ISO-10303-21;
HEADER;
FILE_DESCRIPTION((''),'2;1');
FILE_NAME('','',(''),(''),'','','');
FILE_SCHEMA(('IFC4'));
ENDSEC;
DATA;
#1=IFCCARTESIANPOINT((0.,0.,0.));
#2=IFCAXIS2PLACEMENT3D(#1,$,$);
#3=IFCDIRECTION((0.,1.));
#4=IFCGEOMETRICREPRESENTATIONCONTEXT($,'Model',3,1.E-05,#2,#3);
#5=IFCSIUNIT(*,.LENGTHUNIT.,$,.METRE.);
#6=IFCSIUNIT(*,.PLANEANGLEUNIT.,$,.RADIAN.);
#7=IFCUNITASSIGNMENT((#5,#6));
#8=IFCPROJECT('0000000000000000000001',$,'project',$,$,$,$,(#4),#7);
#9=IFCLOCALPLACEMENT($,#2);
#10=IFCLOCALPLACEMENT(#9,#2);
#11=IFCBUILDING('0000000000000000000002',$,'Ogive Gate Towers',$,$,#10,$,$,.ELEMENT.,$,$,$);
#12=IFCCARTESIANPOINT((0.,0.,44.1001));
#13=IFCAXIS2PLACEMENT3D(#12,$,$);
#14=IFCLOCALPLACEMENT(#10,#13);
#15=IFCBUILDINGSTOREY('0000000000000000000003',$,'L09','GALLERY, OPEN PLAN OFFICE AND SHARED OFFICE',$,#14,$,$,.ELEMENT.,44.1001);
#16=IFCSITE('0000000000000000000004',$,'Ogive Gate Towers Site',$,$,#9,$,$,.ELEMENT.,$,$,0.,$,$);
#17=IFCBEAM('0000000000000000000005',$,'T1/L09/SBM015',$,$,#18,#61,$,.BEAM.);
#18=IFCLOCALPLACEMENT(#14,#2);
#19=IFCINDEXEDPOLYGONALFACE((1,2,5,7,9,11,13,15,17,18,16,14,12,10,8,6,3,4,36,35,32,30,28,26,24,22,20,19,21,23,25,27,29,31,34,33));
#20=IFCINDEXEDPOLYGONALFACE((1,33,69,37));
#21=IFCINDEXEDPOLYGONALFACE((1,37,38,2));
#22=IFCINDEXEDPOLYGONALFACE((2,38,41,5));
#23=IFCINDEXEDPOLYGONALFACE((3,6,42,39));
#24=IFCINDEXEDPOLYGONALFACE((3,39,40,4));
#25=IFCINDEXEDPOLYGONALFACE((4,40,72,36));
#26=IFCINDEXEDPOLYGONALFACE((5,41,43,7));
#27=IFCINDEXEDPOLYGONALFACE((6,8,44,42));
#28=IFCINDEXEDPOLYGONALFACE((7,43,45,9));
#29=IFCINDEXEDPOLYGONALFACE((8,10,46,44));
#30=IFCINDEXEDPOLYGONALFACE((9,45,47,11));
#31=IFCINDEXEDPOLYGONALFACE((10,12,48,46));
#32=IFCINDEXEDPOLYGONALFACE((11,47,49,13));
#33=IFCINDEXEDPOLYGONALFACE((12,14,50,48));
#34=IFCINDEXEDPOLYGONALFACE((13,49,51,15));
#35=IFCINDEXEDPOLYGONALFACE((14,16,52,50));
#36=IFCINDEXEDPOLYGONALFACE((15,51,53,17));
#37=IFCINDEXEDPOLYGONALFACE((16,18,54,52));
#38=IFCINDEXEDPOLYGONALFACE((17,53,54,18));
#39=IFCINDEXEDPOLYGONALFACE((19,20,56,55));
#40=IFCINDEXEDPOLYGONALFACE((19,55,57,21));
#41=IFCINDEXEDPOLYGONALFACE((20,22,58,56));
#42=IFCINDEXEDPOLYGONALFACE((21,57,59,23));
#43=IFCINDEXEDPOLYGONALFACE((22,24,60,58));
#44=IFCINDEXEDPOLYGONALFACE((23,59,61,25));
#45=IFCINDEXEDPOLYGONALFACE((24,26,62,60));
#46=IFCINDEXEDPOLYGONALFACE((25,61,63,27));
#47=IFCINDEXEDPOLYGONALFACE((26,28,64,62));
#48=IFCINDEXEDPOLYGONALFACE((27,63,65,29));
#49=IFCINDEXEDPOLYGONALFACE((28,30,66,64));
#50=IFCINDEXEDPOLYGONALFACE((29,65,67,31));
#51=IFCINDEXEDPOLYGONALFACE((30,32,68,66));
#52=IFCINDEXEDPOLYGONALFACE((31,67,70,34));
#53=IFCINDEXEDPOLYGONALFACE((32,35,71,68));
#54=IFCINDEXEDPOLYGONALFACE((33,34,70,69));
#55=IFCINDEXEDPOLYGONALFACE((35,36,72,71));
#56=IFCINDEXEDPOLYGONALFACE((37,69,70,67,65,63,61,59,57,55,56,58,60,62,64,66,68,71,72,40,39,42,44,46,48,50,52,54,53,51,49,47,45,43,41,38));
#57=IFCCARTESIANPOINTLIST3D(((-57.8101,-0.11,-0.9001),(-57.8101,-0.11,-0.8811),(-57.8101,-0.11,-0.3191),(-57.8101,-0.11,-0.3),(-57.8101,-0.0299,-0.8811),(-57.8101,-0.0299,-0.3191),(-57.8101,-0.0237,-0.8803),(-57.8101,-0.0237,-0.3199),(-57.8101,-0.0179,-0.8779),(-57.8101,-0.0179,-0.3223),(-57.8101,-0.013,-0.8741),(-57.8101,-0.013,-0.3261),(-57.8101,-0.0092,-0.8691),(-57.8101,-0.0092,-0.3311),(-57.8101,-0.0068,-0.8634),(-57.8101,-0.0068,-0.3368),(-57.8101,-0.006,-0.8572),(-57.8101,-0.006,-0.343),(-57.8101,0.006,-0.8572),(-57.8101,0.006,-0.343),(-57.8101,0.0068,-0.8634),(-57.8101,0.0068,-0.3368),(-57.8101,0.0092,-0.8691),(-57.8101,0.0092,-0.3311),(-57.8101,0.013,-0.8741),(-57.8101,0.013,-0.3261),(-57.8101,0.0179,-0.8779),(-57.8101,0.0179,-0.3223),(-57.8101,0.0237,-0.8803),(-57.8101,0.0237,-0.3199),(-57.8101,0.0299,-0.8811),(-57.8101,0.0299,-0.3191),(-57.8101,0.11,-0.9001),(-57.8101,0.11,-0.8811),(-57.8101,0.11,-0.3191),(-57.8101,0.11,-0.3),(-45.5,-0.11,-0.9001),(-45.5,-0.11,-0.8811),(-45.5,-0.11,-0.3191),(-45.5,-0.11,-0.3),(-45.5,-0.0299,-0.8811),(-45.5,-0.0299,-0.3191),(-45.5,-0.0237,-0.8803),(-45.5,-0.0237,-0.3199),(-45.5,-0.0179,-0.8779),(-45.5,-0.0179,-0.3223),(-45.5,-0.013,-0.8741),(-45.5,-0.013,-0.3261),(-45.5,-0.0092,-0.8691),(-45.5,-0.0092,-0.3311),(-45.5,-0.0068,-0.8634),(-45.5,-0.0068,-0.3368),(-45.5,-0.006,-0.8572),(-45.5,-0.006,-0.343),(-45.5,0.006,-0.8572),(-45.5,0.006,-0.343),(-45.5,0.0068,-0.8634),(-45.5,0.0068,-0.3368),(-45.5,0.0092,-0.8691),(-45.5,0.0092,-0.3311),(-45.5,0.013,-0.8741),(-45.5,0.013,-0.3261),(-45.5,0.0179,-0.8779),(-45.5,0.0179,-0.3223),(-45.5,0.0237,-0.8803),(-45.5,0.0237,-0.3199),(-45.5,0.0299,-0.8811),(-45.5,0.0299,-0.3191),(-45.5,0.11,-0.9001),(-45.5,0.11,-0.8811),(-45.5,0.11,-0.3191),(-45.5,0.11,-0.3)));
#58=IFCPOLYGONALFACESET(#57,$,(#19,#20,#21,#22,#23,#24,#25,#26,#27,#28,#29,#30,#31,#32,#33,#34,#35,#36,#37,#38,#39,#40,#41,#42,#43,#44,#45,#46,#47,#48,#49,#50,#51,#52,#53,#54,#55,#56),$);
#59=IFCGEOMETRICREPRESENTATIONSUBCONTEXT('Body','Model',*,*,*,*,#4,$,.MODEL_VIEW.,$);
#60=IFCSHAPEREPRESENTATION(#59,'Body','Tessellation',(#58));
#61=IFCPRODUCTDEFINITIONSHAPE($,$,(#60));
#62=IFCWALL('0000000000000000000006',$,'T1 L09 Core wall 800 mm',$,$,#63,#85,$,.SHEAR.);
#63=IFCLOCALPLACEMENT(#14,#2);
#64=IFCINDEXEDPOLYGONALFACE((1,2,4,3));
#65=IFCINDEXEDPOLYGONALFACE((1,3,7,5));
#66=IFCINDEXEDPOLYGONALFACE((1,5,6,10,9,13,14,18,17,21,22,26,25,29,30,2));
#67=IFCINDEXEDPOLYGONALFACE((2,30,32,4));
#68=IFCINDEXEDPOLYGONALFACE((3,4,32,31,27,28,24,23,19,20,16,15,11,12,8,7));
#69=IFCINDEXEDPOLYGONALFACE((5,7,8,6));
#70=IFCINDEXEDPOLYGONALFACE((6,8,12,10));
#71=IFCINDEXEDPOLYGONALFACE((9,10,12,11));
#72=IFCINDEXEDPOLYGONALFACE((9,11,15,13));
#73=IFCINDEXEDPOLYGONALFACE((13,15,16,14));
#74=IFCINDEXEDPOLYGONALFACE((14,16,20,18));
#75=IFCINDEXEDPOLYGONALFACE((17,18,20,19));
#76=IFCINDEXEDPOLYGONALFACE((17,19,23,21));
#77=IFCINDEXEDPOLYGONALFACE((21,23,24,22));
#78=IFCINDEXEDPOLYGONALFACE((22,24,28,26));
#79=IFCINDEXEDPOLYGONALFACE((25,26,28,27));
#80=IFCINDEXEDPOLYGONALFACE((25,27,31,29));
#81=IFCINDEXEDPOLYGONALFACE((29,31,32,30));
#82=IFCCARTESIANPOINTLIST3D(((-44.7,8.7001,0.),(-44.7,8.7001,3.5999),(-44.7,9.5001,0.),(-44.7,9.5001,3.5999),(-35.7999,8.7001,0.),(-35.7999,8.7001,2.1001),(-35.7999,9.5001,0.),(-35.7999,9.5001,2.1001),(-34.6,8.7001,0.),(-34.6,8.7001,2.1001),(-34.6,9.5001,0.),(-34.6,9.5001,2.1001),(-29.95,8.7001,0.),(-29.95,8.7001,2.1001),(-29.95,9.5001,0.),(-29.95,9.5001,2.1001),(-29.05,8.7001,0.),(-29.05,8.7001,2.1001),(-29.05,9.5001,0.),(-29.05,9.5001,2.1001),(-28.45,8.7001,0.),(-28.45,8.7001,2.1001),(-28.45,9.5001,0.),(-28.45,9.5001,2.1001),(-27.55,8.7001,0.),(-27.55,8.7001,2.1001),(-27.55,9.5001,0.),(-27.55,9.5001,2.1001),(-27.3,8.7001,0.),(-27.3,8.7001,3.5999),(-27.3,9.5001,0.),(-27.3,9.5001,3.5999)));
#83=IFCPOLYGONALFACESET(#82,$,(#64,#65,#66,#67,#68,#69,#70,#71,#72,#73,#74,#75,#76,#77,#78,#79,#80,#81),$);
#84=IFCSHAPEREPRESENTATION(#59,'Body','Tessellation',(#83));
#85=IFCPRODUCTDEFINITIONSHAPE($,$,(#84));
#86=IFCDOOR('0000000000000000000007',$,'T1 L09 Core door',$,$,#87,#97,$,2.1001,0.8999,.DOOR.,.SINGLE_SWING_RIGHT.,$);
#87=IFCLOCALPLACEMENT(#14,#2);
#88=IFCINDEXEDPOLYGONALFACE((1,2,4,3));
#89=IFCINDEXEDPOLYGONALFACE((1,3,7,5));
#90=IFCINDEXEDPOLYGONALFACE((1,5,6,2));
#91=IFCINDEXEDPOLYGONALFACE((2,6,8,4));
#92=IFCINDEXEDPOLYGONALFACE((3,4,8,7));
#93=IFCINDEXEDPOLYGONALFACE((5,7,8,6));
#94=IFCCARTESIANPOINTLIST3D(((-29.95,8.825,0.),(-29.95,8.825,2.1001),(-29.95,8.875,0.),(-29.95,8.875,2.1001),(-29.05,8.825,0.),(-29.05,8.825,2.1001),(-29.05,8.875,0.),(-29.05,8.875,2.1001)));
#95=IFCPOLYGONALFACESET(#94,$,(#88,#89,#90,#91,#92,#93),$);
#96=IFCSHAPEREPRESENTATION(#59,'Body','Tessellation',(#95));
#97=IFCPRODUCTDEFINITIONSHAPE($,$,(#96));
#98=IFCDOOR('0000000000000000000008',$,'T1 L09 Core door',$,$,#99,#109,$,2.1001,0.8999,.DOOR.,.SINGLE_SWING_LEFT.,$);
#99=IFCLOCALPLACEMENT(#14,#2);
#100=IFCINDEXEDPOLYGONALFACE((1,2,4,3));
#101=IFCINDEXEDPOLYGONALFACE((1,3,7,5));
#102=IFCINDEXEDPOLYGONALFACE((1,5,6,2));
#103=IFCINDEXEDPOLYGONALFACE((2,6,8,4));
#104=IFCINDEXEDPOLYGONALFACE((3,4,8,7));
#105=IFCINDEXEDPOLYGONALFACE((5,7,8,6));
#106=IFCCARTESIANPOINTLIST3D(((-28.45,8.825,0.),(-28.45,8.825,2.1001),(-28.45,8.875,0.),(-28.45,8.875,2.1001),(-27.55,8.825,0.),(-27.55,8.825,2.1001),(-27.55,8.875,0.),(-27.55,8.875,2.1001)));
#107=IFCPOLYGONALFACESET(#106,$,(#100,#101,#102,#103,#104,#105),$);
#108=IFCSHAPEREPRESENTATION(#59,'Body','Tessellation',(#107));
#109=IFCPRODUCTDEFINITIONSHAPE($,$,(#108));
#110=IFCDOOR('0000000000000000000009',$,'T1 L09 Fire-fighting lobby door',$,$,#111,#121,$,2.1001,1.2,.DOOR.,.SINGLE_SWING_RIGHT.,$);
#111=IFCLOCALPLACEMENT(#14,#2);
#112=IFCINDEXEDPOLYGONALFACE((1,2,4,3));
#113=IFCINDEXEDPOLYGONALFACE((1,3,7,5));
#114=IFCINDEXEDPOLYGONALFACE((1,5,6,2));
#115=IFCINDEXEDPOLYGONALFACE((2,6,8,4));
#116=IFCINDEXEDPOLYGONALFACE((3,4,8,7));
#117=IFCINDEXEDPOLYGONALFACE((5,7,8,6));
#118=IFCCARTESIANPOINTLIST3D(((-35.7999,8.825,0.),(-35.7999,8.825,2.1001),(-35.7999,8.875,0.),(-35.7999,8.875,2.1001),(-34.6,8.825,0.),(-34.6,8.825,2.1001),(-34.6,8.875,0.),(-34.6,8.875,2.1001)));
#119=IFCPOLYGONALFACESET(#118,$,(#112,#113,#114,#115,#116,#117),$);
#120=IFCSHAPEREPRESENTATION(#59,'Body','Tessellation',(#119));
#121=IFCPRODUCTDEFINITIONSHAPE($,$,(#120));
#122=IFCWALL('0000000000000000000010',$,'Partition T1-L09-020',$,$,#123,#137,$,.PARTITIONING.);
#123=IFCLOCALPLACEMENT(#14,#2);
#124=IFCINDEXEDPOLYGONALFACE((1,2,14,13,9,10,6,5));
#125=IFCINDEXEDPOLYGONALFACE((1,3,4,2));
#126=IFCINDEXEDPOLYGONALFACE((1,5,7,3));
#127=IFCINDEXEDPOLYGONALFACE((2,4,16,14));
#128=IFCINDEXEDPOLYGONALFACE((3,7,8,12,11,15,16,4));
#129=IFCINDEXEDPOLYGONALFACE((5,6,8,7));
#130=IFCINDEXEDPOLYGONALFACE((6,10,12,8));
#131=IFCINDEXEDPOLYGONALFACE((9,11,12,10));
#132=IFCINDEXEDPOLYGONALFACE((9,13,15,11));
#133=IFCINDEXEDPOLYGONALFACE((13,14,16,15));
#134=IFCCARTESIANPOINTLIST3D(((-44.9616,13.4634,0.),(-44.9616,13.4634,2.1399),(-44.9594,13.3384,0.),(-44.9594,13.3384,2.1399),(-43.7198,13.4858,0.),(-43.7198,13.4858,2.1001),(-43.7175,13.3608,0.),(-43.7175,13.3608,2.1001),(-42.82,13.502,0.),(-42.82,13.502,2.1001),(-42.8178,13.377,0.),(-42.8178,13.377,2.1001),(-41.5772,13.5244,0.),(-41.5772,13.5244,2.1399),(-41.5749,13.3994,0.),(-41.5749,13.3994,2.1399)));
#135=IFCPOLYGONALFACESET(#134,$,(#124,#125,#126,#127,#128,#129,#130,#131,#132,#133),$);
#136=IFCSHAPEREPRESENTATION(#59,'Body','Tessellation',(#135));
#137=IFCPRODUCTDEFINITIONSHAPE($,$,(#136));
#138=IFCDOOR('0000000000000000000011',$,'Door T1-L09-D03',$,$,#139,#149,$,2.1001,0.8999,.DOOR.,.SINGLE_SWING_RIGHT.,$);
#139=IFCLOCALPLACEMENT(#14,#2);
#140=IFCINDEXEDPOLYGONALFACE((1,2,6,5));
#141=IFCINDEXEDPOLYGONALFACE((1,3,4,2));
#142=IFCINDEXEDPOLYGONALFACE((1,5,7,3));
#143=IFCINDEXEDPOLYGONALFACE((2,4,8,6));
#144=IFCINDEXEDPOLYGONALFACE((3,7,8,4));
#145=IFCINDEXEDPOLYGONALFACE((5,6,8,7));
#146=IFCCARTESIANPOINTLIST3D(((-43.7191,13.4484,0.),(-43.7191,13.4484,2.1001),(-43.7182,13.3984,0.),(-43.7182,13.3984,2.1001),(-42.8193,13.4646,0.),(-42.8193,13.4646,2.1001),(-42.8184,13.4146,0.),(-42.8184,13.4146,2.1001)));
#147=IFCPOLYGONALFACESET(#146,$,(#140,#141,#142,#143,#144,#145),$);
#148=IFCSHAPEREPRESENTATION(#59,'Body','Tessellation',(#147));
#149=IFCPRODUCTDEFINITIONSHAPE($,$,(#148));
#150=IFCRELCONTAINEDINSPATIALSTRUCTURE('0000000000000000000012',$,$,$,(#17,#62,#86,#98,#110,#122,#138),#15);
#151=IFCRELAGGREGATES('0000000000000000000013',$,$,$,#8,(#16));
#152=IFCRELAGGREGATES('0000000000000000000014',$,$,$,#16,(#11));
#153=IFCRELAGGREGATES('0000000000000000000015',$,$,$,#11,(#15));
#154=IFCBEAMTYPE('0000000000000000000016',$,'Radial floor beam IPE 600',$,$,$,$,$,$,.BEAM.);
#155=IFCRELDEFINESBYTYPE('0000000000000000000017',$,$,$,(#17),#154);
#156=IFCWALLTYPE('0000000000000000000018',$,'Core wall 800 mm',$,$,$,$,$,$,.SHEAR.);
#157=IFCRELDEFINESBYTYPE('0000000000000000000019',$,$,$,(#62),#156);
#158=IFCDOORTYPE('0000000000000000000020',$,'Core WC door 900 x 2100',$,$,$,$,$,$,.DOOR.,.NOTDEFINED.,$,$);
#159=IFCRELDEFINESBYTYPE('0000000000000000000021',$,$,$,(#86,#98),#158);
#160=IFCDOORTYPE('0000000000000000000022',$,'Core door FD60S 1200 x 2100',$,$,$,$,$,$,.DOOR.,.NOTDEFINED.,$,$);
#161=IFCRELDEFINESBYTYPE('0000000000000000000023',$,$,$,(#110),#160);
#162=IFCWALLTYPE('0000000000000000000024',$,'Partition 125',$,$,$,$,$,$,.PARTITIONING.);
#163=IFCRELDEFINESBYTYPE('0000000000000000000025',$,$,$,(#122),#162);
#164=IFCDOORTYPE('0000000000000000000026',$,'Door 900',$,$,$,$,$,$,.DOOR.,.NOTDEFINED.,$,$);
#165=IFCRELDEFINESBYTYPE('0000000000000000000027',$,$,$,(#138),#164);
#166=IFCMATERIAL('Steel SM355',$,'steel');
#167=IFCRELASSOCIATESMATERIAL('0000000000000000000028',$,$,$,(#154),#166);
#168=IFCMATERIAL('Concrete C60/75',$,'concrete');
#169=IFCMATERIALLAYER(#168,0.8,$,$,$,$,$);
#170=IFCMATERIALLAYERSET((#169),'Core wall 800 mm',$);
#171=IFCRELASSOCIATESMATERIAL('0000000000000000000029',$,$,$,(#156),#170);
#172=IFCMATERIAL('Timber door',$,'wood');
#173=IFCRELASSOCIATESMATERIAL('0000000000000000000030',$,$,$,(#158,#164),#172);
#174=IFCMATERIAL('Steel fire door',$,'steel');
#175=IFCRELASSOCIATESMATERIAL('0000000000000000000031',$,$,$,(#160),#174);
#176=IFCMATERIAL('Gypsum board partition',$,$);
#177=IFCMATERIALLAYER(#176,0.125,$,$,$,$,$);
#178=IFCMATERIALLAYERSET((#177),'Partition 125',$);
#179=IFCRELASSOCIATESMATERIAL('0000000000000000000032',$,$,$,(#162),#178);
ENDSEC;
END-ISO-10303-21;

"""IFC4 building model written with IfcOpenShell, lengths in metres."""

from ifc_helpers import new_model, si_unit, direction, frame, frame_2d, origin, origin_2d, place, context, subcontext, project, spatial, rectangle, i_section, extrude, material, layer, layer_set, material_profile, profile_set, type_object, element, fill, save


model = new_model("IFC4")

# Units and contexts
model_context = context("Model", 3, precision=1e-05, world=origin(), true_north=direction((0.0, 1.0)))
body_context = subcontext(model_context, "Body", "Model", "MODEL_VIEW")
ifc_project = project(units=[si_unit("LENGTHUNIT", "METRE"), si_unit("PLANEANGLEUNIT", "RADIAN")], contexts=[model_context])

# Site, building, storey
site_placement = place(None, origin())
site = spatial("IfcSite", under=ifc_project, at=site_placement, Name="Ogive Gate Towers Site", CompositionType="ELEMENT", RefElevation=0.0)
building_placement = place(site_placement, origin())
building = spatial("IfcBuilding", under=site, at=building_placement, Name="Ogive Gate Towers", CompositionType="ELEMENT")
storey_placement = place(building_placement, frame((0.0, 0.0, 44.1001)))
storey = spatial("IfcBuildingStorey", under=building, at=storey_placement, Name="L09", Description="GALLERY, OPEN PLAN OFFICE AND SHARED OFFICE", CompositionType="ELEMENT", Elevation=44.1001)

# Beam
ifc_material_1 = material(Name="Steel SM355", Category="steel")
ifc_material_profile_1 = material_profile(ifc_material_1, i_section(OverallWidth=0.22, OverallDepth=0.6001, WebThickness=0.012, FlangeThickness=0.019, FilletRadius=0.0239, at=origin_2d()), Name="IPE 600")
ifc_profile_set_1 = profile_set([ifc_material_profile_1], Name="Steel SM355")
beam_type_1 = type_object("IfcBeamType", Name="Radial floor beam IPE 600", PredefinedType="BEAM", material=ifc_profile_set_1)
for number, where, z_axis, x_axis, name in (
    (1, (-45.5, 0.0, -0.6001), (-1.0, 0.0, 0.0), (0.0, -1.0, 0.0), "T1/L09/SBM015"),
):
    element("IfcBeam", number, at=place(storey_placement, frame(where, z_axis=z_axis, x_axis=x_axis)), inside=storey, type_object=beam_type_1, Name=name, PredefinedType="BEAM", context=body_context, shape_type="SweptSolid", body=[
        extrude(i_section(OverallWidth=0.22, OverallDepth=0.6001, WebThickness=0.012, FlangeThickness=0.019, FilletRadius=0.0239, at=origin_2d()), origin(), (0.0, 0.0, 1.0), 12.3101),
    ])

# Wall, openings, doors
ifc_material_2 = material(Name="Concrete C60/75", Category="concrete")
ifc_layer_1 = layer(ifc_material_2, 0.8)
ifc_layer_set_1 = layer_set([ifc_layer_1], Name="Core wall 800 mm")
wall_type_1 = type_object("IfcWallType", Name="Core wall 800 mm", PredefinedType="SHEAR", material=ifc_layer_set_1)
wall_1_placement = place(storey_placement, frame((-44.7, 9.1001, 0.0), z_axis=(0.0, 0.0, 1.0), x_axis=(1.0, 0.0, 0.0)))
wall_1 = element("IfcWall", 2, at=wall_1_placement, inside=storey, type_object=wall_type_1, Name="T1 L09 Core wall 800 mm", PredefinedType="SHEAR", context=body_context, shape_type="SweptSolid", body=[
    extrude(rectangle(XDim=17.3999, YDim=0.8, at=frame_2d((8.7, 0.0))), origin(), (0.0, 0.0, 1.0), 3.5999),
])
opening_1_placement = place(wall_1_placement, frame((8.8999, 0.0, 0.0)))
opening_1 = element("IfcOpeningElement", 3, at=opening_1_placement, cuts=wall_1, PredefinedType="OPENING", context=body_context, shape_type="SweptSolid", body=[
    extrude(rectangle(XDim=1.2, YDim=2.1001, at=frame_2d((0.6001, 1.05))), frame((0.0, 0.4102, 0.0), z_axis=(0.0, -1.0, 0.0), x_axis=(1.0, 0.0, 0.0)), (0.0, 0.0, 1.0), 0.8201),
])
opening_2_placement = place(wall_1_placement, frame((14.75, 0.0, 0.0)))
opening_2 = element("IfcOpeningElement", 4, at=opening_2_placement, cuts=wall_1, PredefinedType="OPENING", context=body_context, shape_type="SweptSolid", body=[
    extrude(rectangle(XDim=0.8999, YDim=2.1001, at=frame_2d((0.45, 1.05))), frame((0.0, 0.4102, 0.0), z_axis=(0.0, -1.0, 0.0), x_axis=(1.0, 0.0, 0.0)), (0.0, 0.0, 1.0), 0.8201),
])
opening_3_placement = place(wall_1_placement, frame((16.25, 0.0, 0.0)))
opening_3 = element("IfcOpeningElement", 5, at=opening_3_placement, cuts=wall_1, PredefinedType="OPENING", context=body_context, shape_type="SweptSolid", body=[
    extrude(rectangle(XDim=0.8999, YDim=2.1001, at=frame_2d((0.45, 1.05))), frame((0.0, 0.4102, 0.0), z_axis=(0.0, -1.0, 0.0), x_axis=(1.0, 0.0, 0.0)), (0.0, 0.0, 1.0), 0.8201),
])
ifc_material_3 = material(Name="Timber door", Category="wood")
door_type_1 = type_object("IfcDoorType", Name="Core WC door 900 x 2100", OperationType="NOTDEFINED", PredefinedType="DOOR", material=ifc_material_3)
door_1_placement = place(opening_2_placement, origin())
door_1 = element("IfcDoor", 6, at=door_1_placement, inside=storey, type_object=door_type_1, Name="T1 L09 Core door", OperationType="SINGLE_SWING_RIGHT", OverallHeight=2.1001, OverallWidth=0.8999, PredefinedType="DOOR", context=body_context, shape_type="SweptSolid", body=[
    extrude(rectangle(XDim=0.8999, YDim=2.1001, at=frame_2d((0.45, 1.05))), frame((0.0, -0.2251, 0.0), z_axis=(0.0, -1.0, 0.0), x_axis=(1.0, 0.0, 0.0)), (0.0, 0.0, 1.0), 0.05),
])
fill(opening_2, door_1)
door_2_placement = place(opening_3_placement, origin())
door_2 = element("IfcDoor", 7, at=door_2_placement, inside=storey, type_object=door_type_1, Name="T1 L09 Core door", OperationType="SINGLE_SWING_LEFT", OverallHeight=2.1001, OverallWidth=0.8999, PredefinedType="DOOR", context=body_context, shape_type="SweptSolid", body=[
    extrude(rectangle(XDim=0.8999, YDim=2.1001, at=frame_2d((0.45, 1.05))), frame((0.0, -0.2251, 0.0), z_axis=(0.0, -1.0, 0.0), x_axis=(1.0, 0.0, 0.0)), (0.0, 0.0, 1.0), 0.05),
])
fill(opening_3, door_2)
ifc_material_4 = material(Name="Steel fire door", Category="steel")
door_type_2 = type_object("IfcDoorType", Name="Core door FD60S 1200 x 2100", OperationType="NOTDEFINED", PredefinedType="DOOR", material=ifc_material_4)
door_3_placement = place(opening_1_placement, origin())
door_3 = element("IfcDoor", 8, at=door_3_placement, inside=storey, type_object=door_type_2, Name="T1 L09 Fire-fighting lobby door", OperationType="SINGLE_SWING_RIGHT", OverallHeight=2.1001, OverallWidth=1.2, PredefinedType="DOOR", context=body_context, shape_type="SweptSolid", body=[
    extrude(rectangle(XDim=1.2, YDim=2.1001, at=frame_2d((0.6001, 1.05))), frame((0.0, -0.2251, 0.0), z_axis=(0.0, -1.0, 0.0), x_axis=(1.0, 0.0, 0.0)), (0.0, 0.0, 1.0), 0.05),
])
fill(opening_1, door_3)

# Wall, opening, door
ifc_material_5 = material(Name="Gypsum board partition")
ifc_layer_2 = layer(ifc_material_5, 0.125)
ifc_layer_set_2 = layer_set([ifc_layer_2], Name="Partition 125")
wall_type_2 = type_object("IfcWallType", Name="Partition 125", PredefinedType="PARTITIONING", material=ifc_layer_set_2)
wall_2_placement = place(storey_placement, frame((-41.5762, 13.4619, 0.0), z_axis=(0.0, 0.0, 1.0), x_axis=(-0.999837, -0.018031, 0.0)))
wall_2 = element("IfcWall", 9, at=wall_2_placement, inside=storey, type_object=wall_type_2, Name="Partition T1-L09-020", PredefinedType="PARTITIONING", context=body_context, shape_type="SweptSolid", body=[
    extrude(rectangle(XDim=3.385, YDim=0.125, at=frame_2d((1.6924, 0.0))), origin(), (0.0, 0.0, 1.0), 2.1399),
])
opening_4_placement = place(wall_2_placement, frame((1.2429, 0.0, 0.0)))
opening_4 = element("IfcOpeningElement", 10, at=opening_4_placement, cuts=wall_2, PredefinedType="OPENING", context=body_context, shape_type="SweptSolid", body=[
    extrude(rectangle(XDim=0.8999, YDim=2.1001, at=frame_2d((0.45, 1.05))), frame((0.0, 0.0725, 0.0), z_axis=(0.0, -1.0, 0.0), x_axis=(1.0, 0.0, 0.0)), (0.0, 0.0, 1.0), 0.145),
])
door_type_3 = type_object("IfcDoorType", Name="Door 900", OperationType="NOTDEFINED", PredefinedType="DOOR", material=ifc_material_3)
door_4_placement = place(opening_4_placement, origin())
door_4 = element("IfcDoor", 11, at=door_4_placement, inside=storey, type_object=door_type_3, Name="Door T1-L09-D03", OperationType="SINGLE_SWING_RIGHT", OverallHeight=2.1001, OverallWidth=0.8999, PredefinedType="DOOR", context=body_context, shape_type="SweptSolid", body=[
    extrude(rectangle(XDim=0.8999, YDim=2.1001, at=frame_2d((0.45, 1.05))), frame((0.0, 0.0249, 0.0), z_axis=(0.0, -1.0, 0.0), x_axis=(1.0, 0.0, 0.0)), (0.0, 0.0, 1.0), 0.05),
])
fill(opening_4, door_4)

save(model, "model.ifc")
